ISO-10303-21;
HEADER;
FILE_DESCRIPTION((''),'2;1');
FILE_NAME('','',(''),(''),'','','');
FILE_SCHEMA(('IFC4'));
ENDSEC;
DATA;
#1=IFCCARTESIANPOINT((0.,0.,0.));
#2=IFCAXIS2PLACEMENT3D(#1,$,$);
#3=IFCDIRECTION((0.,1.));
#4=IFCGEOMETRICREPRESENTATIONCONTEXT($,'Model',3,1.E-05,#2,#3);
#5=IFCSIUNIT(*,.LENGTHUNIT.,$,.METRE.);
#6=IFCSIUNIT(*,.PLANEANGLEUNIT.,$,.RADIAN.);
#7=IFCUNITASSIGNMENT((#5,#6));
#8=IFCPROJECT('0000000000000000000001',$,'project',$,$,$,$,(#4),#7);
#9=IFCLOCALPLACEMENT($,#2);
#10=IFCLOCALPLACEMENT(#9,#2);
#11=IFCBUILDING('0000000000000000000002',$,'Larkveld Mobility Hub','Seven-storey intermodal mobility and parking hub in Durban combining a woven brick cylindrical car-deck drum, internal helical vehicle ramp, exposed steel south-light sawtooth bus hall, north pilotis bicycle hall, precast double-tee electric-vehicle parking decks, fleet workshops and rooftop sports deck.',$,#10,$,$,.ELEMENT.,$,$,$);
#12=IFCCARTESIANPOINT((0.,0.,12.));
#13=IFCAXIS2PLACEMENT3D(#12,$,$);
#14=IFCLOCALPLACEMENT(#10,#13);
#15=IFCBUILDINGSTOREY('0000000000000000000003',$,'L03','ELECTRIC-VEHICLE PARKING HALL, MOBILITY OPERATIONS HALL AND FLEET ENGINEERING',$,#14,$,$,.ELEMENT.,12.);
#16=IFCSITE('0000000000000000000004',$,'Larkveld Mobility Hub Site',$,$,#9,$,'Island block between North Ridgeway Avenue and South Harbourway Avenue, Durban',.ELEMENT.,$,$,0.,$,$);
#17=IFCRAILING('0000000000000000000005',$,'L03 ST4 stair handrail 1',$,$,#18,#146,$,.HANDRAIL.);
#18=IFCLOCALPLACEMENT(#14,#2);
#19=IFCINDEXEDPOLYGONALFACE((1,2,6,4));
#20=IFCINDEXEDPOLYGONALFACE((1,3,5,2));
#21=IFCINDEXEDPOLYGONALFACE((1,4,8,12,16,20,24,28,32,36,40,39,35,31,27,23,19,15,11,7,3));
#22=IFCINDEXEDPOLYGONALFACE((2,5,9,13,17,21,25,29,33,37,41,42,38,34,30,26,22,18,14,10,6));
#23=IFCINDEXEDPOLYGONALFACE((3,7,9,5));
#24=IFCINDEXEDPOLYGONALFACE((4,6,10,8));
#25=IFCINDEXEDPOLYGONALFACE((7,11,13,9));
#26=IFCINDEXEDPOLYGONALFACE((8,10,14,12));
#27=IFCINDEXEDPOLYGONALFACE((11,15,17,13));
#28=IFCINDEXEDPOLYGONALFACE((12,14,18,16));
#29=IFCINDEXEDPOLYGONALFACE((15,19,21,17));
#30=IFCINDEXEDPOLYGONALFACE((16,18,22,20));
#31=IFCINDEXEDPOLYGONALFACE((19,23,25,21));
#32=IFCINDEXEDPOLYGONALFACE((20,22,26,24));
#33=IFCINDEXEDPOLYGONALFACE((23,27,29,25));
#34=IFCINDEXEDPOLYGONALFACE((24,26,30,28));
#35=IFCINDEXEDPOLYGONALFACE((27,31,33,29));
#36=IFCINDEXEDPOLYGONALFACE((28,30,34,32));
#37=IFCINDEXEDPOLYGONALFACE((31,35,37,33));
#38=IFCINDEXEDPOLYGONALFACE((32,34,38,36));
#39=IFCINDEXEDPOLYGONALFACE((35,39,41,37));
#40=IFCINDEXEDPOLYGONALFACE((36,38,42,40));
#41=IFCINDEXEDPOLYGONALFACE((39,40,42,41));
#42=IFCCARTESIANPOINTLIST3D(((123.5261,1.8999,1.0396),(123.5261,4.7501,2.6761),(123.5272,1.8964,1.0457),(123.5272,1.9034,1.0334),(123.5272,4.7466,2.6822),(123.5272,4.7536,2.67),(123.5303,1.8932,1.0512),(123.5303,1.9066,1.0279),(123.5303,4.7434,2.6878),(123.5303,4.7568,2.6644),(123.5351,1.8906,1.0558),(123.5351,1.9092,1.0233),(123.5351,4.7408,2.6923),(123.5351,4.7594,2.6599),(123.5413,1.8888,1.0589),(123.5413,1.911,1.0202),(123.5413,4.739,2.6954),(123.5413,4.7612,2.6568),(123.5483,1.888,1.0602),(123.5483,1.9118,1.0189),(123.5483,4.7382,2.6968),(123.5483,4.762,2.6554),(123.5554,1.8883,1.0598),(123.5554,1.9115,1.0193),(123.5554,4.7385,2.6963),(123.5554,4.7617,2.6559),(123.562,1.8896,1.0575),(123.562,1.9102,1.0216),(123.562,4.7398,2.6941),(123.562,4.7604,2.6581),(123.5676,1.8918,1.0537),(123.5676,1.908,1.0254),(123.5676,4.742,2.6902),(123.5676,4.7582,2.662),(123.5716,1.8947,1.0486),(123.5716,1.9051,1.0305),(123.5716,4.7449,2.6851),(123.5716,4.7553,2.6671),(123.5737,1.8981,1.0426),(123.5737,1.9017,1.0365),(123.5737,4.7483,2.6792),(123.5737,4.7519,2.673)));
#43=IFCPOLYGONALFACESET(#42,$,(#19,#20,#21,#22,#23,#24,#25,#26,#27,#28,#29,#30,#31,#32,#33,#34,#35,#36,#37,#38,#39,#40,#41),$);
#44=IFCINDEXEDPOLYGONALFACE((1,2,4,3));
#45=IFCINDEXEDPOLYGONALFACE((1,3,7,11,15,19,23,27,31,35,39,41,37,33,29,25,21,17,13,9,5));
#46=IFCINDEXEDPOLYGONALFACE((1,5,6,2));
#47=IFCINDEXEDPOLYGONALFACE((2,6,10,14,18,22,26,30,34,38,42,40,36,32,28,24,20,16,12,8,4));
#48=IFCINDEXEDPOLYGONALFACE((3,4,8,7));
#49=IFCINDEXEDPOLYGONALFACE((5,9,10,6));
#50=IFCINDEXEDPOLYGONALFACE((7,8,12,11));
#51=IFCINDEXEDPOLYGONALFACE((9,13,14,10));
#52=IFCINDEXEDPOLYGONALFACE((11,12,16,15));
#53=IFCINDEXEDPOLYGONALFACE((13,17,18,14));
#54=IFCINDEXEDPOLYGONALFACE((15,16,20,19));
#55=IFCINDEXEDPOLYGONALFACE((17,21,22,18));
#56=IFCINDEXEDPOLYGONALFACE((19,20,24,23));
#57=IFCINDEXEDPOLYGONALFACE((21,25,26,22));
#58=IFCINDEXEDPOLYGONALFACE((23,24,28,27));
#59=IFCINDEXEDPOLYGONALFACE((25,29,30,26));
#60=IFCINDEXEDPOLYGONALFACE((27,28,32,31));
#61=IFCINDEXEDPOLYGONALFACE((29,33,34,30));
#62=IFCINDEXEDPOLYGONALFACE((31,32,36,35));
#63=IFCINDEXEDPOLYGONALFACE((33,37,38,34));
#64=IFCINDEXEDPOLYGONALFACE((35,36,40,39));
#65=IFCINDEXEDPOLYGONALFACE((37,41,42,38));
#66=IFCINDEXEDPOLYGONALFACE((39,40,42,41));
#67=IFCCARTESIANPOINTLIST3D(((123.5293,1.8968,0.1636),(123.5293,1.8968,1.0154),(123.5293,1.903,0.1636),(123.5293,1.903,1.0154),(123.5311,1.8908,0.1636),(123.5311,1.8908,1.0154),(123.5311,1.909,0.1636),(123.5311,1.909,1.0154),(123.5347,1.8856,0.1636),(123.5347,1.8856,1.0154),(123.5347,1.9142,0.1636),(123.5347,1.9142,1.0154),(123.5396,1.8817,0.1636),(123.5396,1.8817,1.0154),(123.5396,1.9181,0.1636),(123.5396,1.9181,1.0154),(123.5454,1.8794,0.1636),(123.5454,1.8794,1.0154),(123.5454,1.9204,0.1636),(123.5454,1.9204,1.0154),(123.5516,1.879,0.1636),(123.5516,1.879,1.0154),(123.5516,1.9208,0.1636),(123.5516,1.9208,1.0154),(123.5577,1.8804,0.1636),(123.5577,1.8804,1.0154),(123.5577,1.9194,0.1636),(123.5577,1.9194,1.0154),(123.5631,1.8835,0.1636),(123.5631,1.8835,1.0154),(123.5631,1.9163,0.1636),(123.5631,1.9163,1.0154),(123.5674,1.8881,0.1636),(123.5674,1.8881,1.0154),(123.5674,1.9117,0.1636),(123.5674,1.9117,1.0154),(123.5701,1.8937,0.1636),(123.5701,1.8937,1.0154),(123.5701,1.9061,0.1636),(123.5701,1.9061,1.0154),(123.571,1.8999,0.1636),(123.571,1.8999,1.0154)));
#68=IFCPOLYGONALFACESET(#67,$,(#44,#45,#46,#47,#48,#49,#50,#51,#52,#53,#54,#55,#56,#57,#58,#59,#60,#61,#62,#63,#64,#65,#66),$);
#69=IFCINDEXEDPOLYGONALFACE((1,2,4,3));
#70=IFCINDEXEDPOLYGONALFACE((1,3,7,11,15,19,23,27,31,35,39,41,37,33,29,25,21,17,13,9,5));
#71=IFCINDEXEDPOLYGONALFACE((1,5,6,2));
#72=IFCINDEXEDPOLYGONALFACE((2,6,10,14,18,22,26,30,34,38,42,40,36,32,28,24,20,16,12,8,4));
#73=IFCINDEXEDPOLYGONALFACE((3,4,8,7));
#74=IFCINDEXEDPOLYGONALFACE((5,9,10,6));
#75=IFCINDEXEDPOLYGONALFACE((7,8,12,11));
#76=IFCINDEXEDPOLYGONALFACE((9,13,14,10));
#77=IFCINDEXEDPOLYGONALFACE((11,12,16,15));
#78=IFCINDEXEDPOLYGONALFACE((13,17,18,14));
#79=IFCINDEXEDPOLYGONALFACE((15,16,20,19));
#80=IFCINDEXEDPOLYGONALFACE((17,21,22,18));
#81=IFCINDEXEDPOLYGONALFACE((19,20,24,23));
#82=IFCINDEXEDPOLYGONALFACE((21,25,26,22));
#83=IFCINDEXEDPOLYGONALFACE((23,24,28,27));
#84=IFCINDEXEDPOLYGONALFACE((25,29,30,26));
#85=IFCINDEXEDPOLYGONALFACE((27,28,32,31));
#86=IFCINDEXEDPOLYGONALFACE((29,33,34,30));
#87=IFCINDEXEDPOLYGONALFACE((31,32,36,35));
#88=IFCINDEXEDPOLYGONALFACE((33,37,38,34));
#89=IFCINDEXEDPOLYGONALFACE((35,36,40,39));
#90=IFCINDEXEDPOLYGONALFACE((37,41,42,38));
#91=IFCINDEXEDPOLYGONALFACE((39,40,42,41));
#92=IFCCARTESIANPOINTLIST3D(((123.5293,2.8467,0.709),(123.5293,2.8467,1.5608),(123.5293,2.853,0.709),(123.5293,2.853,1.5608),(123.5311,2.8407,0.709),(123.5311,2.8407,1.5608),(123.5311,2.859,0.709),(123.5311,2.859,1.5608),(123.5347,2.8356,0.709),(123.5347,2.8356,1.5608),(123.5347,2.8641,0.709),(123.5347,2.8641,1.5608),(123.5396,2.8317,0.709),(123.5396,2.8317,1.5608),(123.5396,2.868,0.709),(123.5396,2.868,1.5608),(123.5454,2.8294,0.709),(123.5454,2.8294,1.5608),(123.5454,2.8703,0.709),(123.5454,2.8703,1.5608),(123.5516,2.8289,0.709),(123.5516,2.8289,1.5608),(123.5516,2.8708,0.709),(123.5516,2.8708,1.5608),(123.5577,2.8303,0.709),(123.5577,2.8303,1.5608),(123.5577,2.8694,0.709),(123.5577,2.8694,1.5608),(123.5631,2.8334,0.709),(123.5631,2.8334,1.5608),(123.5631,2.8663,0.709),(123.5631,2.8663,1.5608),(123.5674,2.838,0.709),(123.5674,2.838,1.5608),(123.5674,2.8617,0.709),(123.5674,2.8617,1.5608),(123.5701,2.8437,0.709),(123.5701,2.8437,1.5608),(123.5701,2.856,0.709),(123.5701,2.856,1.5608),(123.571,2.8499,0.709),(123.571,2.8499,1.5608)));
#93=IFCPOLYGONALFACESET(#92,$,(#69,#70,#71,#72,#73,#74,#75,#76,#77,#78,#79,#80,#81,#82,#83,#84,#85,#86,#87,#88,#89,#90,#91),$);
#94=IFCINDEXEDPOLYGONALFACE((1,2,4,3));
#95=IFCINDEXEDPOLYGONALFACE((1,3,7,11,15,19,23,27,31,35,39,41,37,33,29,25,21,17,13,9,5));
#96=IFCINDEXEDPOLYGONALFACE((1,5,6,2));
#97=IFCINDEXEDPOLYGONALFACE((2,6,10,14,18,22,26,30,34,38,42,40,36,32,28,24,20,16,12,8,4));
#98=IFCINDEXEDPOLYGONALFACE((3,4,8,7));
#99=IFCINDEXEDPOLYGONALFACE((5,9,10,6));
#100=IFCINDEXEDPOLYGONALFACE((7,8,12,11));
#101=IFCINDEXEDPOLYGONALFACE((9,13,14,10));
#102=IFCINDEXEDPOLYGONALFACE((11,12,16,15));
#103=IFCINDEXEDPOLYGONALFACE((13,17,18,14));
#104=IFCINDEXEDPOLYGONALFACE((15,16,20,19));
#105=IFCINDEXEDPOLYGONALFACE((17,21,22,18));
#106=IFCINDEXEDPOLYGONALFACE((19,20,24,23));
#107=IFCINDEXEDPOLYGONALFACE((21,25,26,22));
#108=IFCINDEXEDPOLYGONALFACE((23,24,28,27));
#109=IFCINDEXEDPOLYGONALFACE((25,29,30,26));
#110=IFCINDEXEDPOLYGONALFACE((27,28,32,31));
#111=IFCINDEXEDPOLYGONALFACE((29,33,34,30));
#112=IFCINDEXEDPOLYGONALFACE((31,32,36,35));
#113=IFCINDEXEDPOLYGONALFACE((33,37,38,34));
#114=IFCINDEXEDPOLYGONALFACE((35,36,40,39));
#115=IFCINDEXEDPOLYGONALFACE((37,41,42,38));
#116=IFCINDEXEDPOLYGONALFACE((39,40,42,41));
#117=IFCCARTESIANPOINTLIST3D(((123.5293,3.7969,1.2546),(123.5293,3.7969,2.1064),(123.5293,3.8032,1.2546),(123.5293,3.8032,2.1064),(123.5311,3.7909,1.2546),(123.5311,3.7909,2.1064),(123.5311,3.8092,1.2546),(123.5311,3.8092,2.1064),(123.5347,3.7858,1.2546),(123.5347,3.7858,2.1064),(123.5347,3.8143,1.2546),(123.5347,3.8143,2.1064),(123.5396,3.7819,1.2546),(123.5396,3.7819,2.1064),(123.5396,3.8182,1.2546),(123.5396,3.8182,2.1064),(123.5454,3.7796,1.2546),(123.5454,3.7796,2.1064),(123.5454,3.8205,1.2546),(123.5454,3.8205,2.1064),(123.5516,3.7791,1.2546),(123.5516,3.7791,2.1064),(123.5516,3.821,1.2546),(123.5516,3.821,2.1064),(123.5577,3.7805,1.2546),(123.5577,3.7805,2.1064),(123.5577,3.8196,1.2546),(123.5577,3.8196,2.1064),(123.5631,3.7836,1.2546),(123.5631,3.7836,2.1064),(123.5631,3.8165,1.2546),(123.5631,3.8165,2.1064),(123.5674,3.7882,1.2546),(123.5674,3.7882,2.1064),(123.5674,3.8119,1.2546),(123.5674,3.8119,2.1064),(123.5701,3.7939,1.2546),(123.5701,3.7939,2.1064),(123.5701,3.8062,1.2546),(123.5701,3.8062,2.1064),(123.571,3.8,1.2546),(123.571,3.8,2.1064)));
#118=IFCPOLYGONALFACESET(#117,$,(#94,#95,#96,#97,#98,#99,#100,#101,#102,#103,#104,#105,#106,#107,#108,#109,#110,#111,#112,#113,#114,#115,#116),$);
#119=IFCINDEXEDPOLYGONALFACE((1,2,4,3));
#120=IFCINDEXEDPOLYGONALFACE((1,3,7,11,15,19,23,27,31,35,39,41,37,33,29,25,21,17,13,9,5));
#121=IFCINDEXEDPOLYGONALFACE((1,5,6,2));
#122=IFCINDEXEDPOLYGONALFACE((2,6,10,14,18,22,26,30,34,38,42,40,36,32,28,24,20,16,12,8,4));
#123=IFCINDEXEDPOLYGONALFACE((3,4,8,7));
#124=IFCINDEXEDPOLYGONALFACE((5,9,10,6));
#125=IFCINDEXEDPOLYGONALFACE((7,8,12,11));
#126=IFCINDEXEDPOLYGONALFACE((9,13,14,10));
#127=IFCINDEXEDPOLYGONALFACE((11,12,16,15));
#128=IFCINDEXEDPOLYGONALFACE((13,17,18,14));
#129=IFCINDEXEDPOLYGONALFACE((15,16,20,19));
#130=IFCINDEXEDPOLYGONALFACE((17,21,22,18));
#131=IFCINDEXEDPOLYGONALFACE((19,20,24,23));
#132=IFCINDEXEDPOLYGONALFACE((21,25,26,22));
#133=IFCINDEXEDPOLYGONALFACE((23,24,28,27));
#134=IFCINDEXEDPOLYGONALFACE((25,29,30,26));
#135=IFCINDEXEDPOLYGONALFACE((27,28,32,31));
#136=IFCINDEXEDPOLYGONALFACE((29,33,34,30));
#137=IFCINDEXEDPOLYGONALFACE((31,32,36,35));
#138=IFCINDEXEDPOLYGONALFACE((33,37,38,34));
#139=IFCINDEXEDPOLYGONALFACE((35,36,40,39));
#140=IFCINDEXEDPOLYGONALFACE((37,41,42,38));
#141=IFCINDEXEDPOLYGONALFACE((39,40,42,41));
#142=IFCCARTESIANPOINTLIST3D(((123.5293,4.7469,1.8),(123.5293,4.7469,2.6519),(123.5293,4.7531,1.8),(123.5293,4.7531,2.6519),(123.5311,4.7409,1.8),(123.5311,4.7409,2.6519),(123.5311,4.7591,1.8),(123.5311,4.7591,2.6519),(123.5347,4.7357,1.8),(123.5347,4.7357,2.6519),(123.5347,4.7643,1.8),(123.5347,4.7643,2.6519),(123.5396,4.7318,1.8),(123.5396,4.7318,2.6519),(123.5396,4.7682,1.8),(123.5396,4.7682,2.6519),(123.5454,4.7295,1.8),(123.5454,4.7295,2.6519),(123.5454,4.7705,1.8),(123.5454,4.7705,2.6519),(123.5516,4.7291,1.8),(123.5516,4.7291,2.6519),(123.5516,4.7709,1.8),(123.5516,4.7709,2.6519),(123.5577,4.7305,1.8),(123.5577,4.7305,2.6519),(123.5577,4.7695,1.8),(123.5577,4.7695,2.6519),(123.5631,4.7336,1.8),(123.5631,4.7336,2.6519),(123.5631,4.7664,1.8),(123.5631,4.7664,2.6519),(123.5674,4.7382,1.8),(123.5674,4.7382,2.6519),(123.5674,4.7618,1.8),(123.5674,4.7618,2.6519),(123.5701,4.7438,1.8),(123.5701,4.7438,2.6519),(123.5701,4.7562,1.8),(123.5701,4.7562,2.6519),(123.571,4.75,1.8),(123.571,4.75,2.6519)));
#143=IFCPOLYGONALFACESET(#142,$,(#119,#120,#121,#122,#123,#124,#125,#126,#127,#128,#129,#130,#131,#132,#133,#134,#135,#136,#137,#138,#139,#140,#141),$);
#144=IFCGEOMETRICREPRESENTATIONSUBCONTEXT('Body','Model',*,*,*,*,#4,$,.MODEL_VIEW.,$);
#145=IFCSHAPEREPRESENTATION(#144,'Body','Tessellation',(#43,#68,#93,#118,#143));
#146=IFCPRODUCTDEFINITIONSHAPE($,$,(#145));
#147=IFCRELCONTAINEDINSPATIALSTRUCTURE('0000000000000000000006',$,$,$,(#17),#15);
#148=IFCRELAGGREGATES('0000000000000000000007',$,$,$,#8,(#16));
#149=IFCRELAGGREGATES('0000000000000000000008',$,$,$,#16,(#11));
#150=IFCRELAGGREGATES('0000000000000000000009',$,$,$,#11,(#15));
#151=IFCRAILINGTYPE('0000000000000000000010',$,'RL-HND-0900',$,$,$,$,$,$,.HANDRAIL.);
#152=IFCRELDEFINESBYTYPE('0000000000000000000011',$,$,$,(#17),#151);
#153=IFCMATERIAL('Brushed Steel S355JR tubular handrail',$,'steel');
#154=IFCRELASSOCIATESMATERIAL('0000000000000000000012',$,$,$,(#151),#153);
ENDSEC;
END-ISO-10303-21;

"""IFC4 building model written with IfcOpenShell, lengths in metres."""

from ifc_helpers import new_model, si_unit, direction, frame, origin, origin_2d, place, context, subcontext, project, spatial, circle, extrude, material, type_object, element, save


model = new_model("IFC4")

# Units and contexts
model_context = context("Model", 3, precision=1e-05, world=origin(), true_north=direction((0.0, 1.0)))
body_context = subcontext(model_context, "Body", "Model", "MODEL_VIEW")
ifc_project = project(units=[si_unit("LENGTHUNIT", "METRE"), si_unit("PLANEANGLEUNIT", "RADIAN")], contexts=[model_context])

# Site, building, storey
site_placement = place(None, origin())
site = spatial("IfcSite", under=ifc_project, at=site_placement, Name="Larkveld Mobility Hub Site", LongName="Island block between North Ridgeway Avenue and South Harbourway Avenue, Durban", CompositionType="ELEMENT", RefElevation=0.0)
building_placement = place(site_placement, origin())
building = spatial("IfcBuilding", under=site, at=building_placement, Name="Larkveld Mobility Hub", Description="Seven-storey intermodal mobility and parking hub in Durban combining a woven brick cylindrical car-deck drum, internal helical vehicle ramp, exposed steel south-light sawtooth bus hall, north pilotis bicycle hall, precast double-tee electric-vehicle parking decks, fleet workshops and rooftop sports deck.", CompositionType="ELEMENT")
storey_placement = place(building_placement, frame((0.0, 0.0, 12.0)))
storey = spatial("IfcBuildingStorey", under=building, at=storey_placement, Name="L03", Description="ELECTRIC-VEHICLE PARKING HALL, MOBILITY OPERATIONS HALL AND FLEET ENGINEERING", CompositionType="ELEMENT", Elevation=12.0)

# Railing
ifc_material_1 = material(Name="Brushed Steel S355JR tubular handrail", Category="steel")
railing_type_1 = type_object("IfcRailingType", Name="RL-HND-0900", PredefinedType="HANDRAIL", material=ifc_material_1)
railing_1_placement = place(storey_placement, frame((123.55, 1.8999, 0.1636)))
element("IfcRailing", 1, at=railing_1_placement, inside=storey, type_object=railing_type_1, Name="L03 ST4 stair handrail 1", PredefinedType="HANDRAIL", context=body_context, shape_type="SweptSolid", body=[
    extrude(circle(Radius=0.0239, at=origin_2d()), frame((0.0, 0.0, 0.876), z_axis=(0.0, 0.867213, 0.497938), x_axis=(-1.0, 0.0, 0.0)), (0.0, 0.0, 1.0), 3.2866),
    extrude(circle(Radius=0.021, at=origin_2d()), origin(), (0.0, 0.0, 1.0), 0.8518),
    extrude(circle(Radius=0.021, at=origin_2d()), frame((0.0, 0.95, 0.5454)), (0.0, 0.0, 1.0), 0.8518),
    extrude(circle(Radius=0.021, at=origin_2d()), frame((0.0, 1.9001, 1.0911)), (0.0, 0.0, 1.0), 0.8518),
    extrude(circle(Radius=0.021, at=origin_2d()), frame((0.0, 2.8501, 1.6365)), (0.0, 0.0, 1.0), 0.8518),
])

save(model, "model.ifc")
